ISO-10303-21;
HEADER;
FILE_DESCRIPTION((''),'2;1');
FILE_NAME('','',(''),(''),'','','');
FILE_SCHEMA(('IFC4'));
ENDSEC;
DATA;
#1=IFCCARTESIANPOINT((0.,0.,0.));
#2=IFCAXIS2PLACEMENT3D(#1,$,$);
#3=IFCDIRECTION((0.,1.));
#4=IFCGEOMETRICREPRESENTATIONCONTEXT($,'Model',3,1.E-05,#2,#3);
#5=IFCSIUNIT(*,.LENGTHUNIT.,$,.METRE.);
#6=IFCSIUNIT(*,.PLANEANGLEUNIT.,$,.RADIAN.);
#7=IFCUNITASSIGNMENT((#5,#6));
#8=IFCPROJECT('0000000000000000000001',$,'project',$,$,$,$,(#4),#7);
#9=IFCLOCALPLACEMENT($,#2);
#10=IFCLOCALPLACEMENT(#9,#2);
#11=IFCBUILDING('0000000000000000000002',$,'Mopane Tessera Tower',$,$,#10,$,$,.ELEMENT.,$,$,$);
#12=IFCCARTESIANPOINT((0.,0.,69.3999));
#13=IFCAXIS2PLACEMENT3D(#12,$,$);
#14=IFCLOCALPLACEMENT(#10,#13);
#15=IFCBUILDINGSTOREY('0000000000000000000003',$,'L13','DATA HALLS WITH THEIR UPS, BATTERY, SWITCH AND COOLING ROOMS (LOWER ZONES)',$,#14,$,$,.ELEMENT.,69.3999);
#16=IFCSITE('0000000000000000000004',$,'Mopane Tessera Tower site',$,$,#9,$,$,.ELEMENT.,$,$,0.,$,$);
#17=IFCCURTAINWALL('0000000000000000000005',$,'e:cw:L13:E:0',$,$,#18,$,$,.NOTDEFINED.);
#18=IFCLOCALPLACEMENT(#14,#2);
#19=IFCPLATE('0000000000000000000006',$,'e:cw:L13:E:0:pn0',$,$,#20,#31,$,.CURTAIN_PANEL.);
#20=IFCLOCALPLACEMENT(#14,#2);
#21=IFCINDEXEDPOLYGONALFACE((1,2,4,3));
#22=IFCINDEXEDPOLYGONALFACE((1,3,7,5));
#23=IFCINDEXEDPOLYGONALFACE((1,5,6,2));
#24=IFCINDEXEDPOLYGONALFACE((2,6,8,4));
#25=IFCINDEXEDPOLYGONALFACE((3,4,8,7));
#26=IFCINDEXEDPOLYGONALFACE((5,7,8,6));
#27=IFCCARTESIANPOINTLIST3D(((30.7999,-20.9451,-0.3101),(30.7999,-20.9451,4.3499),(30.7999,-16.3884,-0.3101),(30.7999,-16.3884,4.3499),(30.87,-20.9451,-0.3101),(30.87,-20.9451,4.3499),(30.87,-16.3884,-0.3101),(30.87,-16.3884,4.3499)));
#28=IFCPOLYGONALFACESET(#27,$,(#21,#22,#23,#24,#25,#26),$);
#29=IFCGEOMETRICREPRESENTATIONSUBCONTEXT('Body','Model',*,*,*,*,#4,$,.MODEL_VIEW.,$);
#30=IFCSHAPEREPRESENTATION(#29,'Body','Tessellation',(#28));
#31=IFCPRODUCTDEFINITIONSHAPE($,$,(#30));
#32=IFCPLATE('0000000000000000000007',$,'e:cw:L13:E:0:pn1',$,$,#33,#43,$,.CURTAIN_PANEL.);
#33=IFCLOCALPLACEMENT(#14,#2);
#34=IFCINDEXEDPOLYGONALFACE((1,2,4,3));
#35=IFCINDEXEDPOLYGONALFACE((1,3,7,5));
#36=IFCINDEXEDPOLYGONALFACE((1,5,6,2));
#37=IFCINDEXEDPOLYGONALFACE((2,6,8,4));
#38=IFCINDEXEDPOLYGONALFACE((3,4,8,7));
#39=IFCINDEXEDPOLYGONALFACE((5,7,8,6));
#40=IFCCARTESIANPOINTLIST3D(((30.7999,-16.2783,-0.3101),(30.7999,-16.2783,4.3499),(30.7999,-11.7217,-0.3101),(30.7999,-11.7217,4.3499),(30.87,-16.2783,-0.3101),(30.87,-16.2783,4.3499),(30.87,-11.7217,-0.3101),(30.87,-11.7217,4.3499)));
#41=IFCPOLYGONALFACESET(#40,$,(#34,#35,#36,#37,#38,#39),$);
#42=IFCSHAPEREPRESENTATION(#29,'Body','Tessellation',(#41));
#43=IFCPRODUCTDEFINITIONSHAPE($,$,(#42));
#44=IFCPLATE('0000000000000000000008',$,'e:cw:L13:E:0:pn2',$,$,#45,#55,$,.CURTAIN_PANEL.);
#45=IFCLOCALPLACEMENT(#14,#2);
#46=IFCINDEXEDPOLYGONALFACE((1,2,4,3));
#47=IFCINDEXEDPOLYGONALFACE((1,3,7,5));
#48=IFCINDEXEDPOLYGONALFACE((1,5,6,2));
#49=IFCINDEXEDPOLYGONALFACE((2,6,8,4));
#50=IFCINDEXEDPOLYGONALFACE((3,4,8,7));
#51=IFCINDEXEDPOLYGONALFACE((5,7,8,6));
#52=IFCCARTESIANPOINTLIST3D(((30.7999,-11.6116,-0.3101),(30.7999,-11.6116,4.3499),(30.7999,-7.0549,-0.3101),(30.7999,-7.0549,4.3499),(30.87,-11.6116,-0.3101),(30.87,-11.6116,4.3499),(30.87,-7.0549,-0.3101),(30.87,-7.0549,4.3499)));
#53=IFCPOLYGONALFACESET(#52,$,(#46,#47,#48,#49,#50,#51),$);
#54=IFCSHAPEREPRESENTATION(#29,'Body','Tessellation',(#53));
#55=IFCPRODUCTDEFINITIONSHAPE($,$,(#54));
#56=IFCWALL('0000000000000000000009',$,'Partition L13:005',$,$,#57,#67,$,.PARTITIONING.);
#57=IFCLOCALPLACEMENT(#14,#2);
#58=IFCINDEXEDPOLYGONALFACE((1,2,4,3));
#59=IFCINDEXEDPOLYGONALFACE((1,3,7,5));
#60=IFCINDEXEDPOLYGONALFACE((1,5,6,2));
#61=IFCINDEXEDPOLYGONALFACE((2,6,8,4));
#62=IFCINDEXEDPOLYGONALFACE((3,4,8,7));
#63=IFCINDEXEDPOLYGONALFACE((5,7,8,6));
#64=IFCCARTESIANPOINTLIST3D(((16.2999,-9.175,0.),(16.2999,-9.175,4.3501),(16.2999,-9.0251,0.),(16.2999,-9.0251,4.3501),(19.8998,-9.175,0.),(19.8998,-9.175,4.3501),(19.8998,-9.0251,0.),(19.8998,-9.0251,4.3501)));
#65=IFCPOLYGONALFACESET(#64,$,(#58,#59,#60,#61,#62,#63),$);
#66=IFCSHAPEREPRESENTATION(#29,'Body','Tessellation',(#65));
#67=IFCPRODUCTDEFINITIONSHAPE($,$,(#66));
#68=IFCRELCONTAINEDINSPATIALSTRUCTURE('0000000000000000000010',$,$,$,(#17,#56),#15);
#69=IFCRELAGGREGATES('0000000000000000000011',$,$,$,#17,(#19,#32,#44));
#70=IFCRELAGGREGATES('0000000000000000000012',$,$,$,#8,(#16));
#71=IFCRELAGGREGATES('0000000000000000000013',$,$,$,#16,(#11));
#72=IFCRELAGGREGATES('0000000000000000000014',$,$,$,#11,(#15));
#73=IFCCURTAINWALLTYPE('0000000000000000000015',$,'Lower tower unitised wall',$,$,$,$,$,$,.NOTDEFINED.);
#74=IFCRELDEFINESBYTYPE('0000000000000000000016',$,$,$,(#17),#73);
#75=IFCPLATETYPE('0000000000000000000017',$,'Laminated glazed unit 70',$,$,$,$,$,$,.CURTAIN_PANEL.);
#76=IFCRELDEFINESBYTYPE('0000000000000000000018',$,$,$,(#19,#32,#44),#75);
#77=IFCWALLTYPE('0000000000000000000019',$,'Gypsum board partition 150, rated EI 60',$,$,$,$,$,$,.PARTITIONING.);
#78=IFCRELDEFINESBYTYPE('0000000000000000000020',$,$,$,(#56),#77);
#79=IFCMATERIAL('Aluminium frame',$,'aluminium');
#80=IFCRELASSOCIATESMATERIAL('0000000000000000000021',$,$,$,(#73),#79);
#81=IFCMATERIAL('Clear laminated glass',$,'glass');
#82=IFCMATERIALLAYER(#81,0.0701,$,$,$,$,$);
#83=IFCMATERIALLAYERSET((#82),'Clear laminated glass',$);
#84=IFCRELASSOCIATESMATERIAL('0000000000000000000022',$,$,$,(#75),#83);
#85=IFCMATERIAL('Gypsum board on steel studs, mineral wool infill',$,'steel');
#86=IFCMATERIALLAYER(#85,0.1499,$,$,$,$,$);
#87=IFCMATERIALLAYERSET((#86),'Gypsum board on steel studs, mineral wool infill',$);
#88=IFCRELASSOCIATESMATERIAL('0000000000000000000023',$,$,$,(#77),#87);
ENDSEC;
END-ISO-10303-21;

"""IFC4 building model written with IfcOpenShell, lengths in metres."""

from ifc_helpers import new_model, si_unit, direction, frame, frame_2d, origin, origin_2d, place, context, subcontext, project, spatial, rectangle, extrude, material, layer, layer_set, type_object, element, aggregate, save


model = new_model("IFC4")

# Units and contexts
model_context = context("Model", 3, precision=1e-05, world=origin(), true_north=direction((0.0, 1.0)))
body_context = subcontext(model_context, "Body", "Model", "MODEL_VIEW")
ifc_project = project(units=[si_unit("LENGTHUNIT", "METRE"), si_unit("PLANEANGLEUNIT", "RADIAN")], contexts=[model_context])

# Site, building, storey
site_placement = place(None, origin())
site = spatial("IfcSite", under=ifc_project, at=site_placement, Name="Mopane Tessera Tower site", CompositionType="ELEMENT", RefElevation=0.0)
building_placement = place(site_placement, origin())
building = spatial("IfcBuilding", under=site, at=building_placement, Name="Mopane Tessera Tower", CompositionType="ELEMENT")
storey_placement = place(building_placement, frame((0.0, 0.0, 69.3999)))
storey = spatial("IfcBuildingStorey", under=building, at=storey_placement, Name="L13", Description="DATA HALLS WITH THEIR UPS, BATTERY, SWITCH AND COOLING ROOMS (LOWER ZONES)", CompositionType="ELEMENT", Elevation=69.3999)

# Curtain wall
ifc_material_1 = material(Name="Aluminium frame", Category="aluminium")
curtain_wall_type = type_object("IfcCurtainWallType", Name="Lower tower unitised wall", PredefinedType="NOTDEFINED", material=ifc_material_1)
curtain_wall_1_placement = place(storey_placement, origin())
curtain_wall_1 = element("IfcCurtainWall", 1, at=curtain_wall_1_placement, inside=storey, type_object=curtain_wall_type, Name="e:cw:L13:E:0", PredefinedType="NOTDEFINED")

# Plates
ifc_material_2 = material(Name="Clear laminated glass", Category="glass")
ifc_layer_1 = layer(ifc_material_2, 0.0701)
ifc_layer_set_1 = layer_set([ifc_layer_1], Name="Clear laminated glass")
plate_type = type_object("IfcPlateType", Name="Laminated glazed unit 70", PredefinedType="CURTAIN_PANEL", material=ifc_layer_set_1)
plate_1_placement = place(storey_placement, frame((30.835, -18.6667, -0.3101), z_axis=(0.0, 0.0, 1.0), x_axis=(0.0, 1.0, 0.0)))
plate_1 = element("IfcPlate", 2, at=plate_1_placement, type_object=plate_type, Name="e:cw:L13:E:0:pn0", PredefinedType="CURTAIN_PANEL", context=body_context, shape_type="SweptSolid", body=[
    extrude(rectangle(XDim=4.5566, YDim=0.0701, at=origin_2d()), origin(), (0.0, 0.0, 1.0), 4.6599),
])
plate_2_placement = place(storey_placement, frame((30.835, -14.0, -0.3101), z_axis=(0.0, 0.0, 1.0), x_axis=(0.0, 1.0, 0.0)))
plate_2 = element("IfcPlate", 3, at=plate_2_placement, type_object=plate_type, Name="e:cw:L13:E:0:pn1", PredefinedType="CURTAIN_PANEL", context=body_context, shape_type="SweptSolid", body=[
    extrude(rectangle(XDim=4.5566, YDim=0.0701, at=origin_2d()), origin(), (0.0, 0.0, 1.0), 4.6599),
])
plate_3_placement = place(storey_placement, frame((30.835, -9.3333, -0.3101), z_axis=(0.0, 0.0, 1.0), x_axis=(0.0, 1.0, 0.0)))
plate_3 = element("IfcPlate", 4, at=plate_3_placement, type_object=plate_type, Name="e:cw:L13:E:0:pn2", PredefinedType="CURTAIN_PANEL", context=body_context, shape_type="SweptSolid", body=[
    extrude(rectangle(XDim=4.5566, YDim=0.0701, at=origin_2d()), origin(), (0.0, 0.0, 1.0), 4.6599),
])
aggregate(curtain_wall_1, [plate_1, plate_2, plate_3])

# Wall
ifc_material_3 = material(Name="Gypsum board on steel studs, mineral wool infill", Category="steel")
ifc_layer_2 = layer(ifc_material_3, 0.1499)
ifc_layer_set_2 = layer_set([ifc_layer_2], Name="Gypsum board on steel studs, mineral wool infill")
wall_type = type_object("IfcWallType", Name="Gypsum board partition 150, rated EI 60", PredefinedType="PARTITIONING", material=ifc_layer_set_2)
wall_placement = place(storey_placement, frame((16.3, -9.1001, 0.0), z_axis=(0.0, 0.0, 1.0), x_axis=(1.0, 0.0, 0.0)))
element("IfcWall", 5, at=wall_placement, inside=storey, type_object=wall_type, Name="Partition L13:005", PredefinedType="PARTITIONING", context=body_context, shape_type="SweptSolid", body=[
    extrude(rectangle(XDim=3.5999, YDim=0.1499, at=frame_2d((1.7998, 0.0))), origin(), (0.0, 0.0, 1.0), 4.3501),
])

save(model, "model.ifc")
